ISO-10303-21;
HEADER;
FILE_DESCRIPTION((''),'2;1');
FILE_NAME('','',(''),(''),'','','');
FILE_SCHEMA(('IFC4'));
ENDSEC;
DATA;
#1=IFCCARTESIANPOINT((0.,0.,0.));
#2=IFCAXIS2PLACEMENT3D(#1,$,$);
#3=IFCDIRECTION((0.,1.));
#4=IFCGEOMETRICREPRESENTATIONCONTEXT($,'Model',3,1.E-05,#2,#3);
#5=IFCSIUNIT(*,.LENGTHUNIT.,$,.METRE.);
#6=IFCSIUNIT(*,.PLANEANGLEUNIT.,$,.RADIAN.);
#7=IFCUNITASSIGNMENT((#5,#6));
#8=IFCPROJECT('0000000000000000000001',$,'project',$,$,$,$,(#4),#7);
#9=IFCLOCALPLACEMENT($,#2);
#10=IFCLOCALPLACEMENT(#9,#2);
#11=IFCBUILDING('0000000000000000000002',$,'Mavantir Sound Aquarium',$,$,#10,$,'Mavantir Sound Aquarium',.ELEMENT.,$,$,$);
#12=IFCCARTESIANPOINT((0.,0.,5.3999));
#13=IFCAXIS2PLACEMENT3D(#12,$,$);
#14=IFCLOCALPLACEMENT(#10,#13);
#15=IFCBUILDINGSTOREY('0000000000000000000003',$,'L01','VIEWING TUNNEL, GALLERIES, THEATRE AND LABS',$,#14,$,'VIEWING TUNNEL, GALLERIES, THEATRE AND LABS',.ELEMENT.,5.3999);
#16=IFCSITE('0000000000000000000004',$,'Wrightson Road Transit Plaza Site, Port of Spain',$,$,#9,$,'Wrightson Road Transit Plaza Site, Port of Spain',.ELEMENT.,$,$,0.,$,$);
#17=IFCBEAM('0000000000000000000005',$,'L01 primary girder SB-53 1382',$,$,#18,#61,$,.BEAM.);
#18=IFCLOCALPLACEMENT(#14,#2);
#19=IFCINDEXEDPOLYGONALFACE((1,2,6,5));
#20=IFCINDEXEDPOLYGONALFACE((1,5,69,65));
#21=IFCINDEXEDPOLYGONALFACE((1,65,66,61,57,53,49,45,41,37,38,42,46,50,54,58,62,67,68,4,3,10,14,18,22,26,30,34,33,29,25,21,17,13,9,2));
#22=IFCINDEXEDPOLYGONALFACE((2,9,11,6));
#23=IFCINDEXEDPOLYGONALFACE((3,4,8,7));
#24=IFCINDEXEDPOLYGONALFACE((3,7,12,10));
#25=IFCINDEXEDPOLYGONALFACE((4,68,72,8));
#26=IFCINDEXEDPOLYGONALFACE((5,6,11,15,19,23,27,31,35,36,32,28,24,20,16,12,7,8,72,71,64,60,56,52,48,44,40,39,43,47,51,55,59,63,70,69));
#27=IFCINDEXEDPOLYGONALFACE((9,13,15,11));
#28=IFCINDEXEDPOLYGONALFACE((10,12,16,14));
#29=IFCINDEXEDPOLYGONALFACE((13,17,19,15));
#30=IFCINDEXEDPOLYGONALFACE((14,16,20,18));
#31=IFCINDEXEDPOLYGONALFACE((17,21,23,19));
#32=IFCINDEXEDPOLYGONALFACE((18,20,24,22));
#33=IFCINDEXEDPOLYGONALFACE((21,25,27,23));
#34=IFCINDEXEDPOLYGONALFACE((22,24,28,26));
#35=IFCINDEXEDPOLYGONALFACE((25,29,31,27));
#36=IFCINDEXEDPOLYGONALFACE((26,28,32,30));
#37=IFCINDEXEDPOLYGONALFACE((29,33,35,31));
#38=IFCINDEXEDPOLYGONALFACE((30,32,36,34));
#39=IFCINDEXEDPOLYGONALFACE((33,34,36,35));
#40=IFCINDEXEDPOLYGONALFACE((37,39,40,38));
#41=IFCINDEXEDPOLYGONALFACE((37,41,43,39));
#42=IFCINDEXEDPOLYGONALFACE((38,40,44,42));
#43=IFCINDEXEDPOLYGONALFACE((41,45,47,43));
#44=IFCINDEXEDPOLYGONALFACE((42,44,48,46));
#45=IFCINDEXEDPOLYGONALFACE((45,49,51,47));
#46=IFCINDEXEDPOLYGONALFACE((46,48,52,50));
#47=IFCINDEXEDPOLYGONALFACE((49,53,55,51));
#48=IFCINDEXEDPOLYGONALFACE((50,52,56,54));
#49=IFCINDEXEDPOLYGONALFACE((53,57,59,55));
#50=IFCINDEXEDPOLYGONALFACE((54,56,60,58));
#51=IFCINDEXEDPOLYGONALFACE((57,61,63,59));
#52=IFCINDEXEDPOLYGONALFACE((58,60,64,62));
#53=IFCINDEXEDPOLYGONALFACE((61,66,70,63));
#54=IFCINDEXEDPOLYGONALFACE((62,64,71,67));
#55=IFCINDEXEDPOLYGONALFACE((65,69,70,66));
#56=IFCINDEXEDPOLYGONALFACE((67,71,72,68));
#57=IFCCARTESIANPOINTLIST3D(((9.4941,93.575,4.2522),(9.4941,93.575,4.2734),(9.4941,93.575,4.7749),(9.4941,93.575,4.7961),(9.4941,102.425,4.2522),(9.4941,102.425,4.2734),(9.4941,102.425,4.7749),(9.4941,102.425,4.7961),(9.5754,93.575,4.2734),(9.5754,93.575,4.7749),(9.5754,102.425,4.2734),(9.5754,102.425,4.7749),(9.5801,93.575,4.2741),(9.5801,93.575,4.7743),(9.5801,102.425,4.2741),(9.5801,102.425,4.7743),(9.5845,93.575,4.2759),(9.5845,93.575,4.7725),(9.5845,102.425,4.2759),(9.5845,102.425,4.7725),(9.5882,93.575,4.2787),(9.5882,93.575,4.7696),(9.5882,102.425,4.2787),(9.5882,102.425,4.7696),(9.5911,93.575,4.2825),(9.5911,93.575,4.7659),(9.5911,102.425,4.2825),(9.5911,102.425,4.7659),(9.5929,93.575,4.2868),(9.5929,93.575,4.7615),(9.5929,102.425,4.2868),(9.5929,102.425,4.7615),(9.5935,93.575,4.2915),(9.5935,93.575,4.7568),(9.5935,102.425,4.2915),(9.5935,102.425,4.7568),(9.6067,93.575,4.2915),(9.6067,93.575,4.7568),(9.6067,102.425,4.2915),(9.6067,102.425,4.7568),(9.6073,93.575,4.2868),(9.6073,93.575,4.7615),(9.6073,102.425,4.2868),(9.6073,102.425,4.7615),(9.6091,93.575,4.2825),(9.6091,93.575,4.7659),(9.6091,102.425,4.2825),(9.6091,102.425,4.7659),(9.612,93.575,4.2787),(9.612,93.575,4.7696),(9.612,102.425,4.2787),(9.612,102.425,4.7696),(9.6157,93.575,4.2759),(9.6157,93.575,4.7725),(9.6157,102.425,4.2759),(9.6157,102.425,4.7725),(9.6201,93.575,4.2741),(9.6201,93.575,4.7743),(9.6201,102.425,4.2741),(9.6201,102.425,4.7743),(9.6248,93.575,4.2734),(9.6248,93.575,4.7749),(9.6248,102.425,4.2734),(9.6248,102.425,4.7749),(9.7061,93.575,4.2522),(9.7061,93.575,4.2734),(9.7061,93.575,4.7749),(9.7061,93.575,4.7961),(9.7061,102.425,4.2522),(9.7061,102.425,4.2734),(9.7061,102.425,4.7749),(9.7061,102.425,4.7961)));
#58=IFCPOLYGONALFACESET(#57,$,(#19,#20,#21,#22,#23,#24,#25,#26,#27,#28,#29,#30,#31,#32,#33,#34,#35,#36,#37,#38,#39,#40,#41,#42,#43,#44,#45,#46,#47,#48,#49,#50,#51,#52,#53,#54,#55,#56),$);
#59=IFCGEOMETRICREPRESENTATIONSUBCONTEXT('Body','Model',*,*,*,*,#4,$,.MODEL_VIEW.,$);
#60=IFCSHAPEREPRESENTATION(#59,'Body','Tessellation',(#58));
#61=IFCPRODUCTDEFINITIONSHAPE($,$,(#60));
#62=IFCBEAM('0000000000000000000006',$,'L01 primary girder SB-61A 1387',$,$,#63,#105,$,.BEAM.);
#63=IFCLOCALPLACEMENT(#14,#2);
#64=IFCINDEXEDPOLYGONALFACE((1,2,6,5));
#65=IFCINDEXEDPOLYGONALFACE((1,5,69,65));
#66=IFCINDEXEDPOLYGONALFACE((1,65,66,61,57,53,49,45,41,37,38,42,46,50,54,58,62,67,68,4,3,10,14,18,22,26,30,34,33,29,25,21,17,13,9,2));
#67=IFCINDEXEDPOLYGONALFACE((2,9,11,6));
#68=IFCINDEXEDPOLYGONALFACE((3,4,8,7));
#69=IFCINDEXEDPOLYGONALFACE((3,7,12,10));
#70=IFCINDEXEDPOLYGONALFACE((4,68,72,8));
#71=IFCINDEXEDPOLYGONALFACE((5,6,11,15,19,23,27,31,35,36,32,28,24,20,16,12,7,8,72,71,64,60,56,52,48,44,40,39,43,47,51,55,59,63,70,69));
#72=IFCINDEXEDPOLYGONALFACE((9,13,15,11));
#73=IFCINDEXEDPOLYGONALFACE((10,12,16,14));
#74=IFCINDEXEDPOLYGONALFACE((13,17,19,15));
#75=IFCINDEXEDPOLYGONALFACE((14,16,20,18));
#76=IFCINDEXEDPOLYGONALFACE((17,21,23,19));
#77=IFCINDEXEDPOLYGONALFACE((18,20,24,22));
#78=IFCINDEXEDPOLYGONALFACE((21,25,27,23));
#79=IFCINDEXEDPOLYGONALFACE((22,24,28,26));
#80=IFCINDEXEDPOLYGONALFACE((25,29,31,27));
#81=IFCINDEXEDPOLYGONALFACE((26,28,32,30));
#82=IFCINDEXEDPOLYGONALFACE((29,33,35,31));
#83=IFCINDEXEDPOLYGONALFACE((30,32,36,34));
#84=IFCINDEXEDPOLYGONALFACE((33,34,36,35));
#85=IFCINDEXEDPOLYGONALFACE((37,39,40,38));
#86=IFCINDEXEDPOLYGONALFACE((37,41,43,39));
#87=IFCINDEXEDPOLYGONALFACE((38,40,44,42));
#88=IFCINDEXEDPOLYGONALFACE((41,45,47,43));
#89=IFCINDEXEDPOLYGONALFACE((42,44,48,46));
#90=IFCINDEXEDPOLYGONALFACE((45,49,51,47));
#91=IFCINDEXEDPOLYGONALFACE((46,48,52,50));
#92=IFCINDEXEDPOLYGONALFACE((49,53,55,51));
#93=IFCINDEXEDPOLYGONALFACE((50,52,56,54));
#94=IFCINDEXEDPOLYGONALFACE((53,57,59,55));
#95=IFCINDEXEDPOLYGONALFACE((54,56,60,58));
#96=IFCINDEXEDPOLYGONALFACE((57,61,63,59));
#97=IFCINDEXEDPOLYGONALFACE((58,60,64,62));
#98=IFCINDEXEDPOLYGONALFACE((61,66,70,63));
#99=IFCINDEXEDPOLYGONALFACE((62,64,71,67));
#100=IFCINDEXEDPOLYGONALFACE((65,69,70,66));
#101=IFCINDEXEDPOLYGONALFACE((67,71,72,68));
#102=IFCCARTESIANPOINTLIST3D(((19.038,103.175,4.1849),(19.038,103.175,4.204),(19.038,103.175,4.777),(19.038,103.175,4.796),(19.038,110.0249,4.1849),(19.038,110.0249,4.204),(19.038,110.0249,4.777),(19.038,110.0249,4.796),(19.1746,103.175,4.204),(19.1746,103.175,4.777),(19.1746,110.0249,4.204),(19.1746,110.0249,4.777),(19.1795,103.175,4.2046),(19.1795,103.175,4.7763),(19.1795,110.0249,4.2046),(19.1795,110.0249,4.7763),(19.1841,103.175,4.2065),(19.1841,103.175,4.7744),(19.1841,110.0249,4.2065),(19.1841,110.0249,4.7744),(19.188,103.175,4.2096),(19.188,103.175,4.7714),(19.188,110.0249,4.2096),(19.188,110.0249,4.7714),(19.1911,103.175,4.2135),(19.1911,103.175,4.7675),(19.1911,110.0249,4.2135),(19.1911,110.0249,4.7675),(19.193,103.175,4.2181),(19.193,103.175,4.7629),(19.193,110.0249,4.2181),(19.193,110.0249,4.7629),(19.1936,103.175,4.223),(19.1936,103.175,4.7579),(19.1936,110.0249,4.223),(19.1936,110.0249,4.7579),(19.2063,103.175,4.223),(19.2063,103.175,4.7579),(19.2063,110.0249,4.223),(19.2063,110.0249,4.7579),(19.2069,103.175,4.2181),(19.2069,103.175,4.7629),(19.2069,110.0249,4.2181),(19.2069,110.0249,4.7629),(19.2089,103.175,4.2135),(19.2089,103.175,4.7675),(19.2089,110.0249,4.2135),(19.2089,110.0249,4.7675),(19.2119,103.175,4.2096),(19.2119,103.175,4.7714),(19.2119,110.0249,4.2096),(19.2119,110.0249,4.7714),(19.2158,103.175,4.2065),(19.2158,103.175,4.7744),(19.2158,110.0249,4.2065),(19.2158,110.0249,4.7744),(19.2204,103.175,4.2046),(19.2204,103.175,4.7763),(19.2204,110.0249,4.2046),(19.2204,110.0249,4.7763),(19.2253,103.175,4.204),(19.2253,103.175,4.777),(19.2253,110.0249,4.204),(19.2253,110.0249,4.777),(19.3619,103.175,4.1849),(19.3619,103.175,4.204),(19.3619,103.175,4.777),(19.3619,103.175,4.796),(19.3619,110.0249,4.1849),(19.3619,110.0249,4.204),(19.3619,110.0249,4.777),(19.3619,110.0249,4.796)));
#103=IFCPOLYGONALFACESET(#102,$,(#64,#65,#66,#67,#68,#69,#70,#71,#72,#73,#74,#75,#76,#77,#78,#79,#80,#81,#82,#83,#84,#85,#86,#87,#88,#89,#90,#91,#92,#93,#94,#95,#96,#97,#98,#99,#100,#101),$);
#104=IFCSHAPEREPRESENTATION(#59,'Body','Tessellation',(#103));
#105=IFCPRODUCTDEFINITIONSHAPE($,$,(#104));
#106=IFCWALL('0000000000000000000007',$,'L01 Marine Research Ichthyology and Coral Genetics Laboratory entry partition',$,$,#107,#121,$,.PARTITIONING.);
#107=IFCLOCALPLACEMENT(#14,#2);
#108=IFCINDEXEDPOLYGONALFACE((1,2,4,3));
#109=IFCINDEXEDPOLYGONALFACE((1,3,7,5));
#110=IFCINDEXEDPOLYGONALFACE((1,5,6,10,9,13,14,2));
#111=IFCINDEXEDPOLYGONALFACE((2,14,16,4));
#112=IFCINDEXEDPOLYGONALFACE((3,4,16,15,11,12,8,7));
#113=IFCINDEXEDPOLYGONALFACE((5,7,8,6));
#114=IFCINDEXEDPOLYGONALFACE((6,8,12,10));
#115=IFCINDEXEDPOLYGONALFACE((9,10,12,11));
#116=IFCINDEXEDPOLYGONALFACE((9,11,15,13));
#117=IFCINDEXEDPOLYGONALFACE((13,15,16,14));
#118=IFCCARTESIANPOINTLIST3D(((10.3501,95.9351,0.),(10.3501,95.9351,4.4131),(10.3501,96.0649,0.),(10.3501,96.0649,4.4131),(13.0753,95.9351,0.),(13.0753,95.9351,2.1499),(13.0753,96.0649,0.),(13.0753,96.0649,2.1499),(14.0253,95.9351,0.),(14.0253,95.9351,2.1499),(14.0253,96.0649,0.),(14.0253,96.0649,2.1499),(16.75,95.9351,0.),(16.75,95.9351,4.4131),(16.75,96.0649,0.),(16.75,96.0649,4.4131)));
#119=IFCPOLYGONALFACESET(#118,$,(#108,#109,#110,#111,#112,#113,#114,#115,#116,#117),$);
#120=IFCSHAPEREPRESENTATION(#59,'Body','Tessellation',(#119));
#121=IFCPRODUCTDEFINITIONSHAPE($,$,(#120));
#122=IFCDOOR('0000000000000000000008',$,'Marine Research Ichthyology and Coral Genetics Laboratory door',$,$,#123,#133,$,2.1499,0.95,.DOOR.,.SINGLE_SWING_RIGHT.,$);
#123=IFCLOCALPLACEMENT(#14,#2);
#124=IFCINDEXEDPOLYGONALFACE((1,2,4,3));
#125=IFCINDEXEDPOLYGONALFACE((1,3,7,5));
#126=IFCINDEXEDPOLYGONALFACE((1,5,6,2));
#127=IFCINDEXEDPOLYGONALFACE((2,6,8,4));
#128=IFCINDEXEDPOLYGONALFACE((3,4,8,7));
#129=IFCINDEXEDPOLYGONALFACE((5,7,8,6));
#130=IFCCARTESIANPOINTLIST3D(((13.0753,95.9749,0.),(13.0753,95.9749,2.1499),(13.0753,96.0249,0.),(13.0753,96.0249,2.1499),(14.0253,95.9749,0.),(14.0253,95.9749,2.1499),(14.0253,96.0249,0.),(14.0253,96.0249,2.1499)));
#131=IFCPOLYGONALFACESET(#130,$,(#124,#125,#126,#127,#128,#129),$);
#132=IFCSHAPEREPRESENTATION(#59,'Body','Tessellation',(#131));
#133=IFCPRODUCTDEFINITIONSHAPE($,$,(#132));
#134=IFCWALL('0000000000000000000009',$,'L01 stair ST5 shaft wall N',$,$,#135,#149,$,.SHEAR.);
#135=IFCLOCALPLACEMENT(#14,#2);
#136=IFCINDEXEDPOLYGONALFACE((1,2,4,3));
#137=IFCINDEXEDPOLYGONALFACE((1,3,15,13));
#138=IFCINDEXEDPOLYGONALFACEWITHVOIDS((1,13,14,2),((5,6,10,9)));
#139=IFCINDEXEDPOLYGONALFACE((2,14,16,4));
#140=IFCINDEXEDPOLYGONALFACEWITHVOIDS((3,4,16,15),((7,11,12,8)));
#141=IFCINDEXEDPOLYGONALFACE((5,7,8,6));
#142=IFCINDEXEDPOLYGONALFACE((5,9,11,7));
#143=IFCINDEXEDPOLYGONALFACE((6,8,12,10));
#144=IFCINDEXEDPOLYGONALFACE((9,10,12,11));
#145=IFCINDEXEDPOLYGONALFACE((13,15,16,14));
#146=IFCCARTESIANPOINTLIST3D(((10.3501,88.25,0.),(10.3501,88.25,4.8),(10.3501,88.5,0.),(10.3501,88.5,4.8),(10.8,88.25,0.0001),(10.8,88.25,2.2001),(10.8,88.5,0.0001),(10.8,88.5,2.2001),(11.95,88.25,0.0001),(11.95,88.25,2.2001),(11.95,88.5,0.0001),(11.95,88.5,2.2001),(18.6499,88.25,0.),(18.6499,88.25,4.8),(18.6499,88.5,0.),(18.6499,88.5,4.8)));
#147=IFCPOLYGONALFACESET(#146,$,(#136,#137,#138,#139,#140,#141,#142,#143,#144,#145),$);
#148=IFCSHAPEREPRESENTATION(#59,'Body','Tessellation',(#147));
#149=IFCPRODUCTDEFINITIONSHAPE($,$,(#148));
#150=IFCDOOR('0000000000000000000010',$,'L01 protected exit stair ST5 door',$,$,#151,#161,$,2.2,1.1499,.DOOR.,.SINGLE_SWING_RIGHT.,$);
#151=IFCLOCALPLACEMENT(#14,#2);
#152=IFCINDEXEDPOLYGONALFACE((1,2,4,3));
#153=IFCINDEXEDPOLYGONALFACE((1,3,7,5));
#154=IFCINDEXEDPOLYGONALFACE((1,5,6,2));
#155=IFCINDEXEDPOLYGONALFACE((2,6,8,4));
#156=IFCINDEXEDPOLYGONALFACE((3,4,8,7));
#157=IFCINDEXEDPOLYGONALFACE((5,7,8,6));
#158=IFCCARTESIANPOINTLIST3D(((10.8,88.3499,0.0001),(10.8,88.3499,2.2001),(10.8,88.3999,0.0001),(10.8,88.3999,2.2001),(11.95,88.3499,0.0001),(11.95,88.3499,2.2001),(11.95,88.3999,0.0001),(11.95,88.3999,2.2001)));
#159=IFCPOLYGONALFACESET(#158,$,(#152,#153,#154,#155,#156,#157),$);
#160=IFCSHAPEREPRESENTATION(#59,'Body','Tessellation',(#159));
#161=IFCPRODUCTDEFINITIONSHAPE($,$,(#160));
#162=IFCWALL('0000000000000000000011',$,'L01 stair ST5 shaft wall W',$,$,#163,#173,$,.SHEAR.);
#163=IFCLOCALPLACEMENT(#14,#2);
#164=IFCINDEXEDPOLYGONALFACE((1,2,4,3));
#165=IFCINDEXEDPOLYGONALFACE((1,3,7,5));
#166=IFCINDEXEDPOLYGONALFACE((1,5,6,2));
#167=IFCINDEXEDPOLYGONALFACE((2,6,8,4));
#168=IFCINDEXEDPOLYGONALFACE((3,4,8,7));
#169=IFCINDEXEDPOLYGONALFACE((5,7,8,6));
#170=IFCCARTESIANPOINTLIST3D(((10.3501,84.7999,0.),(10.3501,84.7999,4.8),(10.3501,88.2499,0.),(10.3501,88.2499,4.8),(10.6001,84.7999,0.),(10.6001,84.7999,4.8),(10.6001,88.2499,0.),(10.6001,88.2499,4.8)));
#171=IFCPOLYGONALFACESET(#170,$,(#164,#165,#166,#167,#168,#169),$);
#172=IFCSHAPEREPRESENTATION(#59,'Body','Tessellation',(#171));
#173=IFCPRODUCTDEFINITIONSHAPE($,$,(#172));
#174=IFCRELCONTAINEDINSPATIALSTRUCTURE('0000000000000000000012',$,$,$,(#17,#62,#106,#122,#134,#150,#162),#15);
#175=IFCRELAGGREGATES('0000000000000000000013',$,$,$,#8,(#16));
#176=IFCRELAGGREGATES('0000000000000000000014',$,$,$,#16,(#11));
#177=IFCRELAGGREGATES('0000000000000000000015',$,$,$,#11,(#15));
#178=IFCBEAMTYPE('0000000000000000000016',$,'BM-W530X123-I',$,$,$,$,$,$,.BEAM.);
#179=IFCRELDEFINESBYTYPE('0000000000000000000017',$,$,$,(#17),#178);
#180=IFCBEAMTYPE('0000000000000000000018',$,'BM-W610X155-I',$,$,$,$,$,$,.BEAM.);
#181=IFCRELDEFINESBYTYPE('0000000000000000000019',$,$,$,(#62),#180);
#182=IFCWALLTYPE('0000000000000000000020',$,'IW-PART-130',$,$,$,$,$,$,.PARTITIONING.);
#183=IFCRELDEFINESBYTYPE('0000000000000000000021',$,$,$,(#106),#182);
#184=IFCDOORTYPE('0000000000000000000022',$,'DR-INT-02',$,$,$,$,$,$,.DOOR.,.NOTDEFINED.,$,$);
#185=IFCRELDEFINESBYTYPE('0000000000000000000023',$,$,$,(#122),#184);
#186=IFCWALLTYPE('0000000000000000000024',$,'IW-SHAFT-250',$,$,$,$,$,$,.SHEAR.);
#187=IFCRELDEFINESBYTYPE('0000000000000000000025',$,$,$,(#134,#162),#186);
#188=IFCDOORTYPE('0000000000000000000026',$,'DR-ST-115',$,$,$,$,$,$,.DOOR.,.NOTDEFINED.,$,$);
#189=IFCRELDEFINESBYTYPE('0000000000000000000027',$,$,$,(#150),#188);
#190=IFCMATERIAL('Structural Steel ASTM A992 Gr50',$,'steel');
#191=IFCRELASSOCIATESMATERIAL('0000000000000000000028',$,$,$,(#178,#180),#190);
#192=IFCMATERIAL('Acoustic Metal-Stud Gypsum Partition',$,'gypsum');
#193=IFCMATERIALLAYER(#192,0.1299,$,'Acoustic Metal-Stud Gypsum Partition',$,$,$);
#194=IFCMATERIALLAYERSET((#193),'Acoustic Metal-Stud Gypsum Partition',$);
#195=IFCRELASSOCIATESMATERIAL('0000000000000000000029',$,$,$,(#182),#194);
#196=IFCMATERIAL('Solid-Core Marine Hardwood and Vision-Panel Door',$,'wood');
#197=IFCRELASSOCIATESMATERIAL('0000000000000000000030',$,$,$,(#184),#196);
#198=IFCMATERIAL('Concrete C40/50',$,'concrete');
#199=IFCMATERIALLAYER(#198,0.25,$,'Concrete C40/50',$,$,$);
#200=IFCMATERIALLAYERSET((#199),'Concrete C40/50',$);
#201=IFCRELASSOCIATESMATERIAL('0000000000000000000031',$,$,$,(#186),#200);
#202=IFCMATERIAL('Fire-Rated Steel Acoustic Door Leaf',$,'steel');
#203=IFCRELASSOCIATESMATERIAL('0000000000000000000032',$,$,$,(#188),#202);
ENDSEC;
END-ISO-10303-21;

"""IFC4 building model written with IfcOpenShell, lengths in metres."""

from ifc_helpers import new_model, si_unit, direction, frame, frame_2d, origin, origin_2d, place, context, subcontext, project, spatial, rectangle, i_section, extrude, material, layer, layer_set, material_profile, profile_set, type_object, element, fill, save


model = new_model("IFC4")

# Units and contexts
model_context = context("Model", 3, precision=1e-05, world=origin(), true_north=direction((0.0, 1.0)))
body_context = subcontext(model_context, "Body", "Model", "MODEL_VIEW")
ifc_project = project(units=[si_unit("LENGTHUNIT", "METRE"), si_unit("PLANEANGLEUNIT", "RADIAN")], contexts=[model_context])

# Site, building, storey
site_placement = place(None, origin())
site = spatial("IfcSite", under=ifc_project, at=site_placement, Name="Wrightson Road Transit Plaza Site, Port of Spain", LongName="Wrightson Road Transit Plaza Site, Port of Spain", CompositionType="ELEMENT", RefElevation=0.0)
building_placement = place(site_placement, origin())
building = spatial("IfcBuilding", under=site, at=building_placement, Name="Mavantir Sound Aquarium", LongName="Mavantir Sound Aquarium", CompositionType="ELEMENT")
storey_placement = place(building_placement, frame((0.0, 0.0, 5.3999)))
storey = spatial("IfcBuildingStorey", under=building, at=storey_placement, Name="L01", Description="VIEWING TUNNEL, GALLERIES, THEATRE AND LABS", LongName="VIEWING TUNNEL, GALLERIES, THEATRE AND LABS", CompositionType="ELEMENT", Elevation=5.3999)

# Shared definitions
ifc_material_1 = material(Name="Concrete C40/50", Category="concrete")

# Beams
ifc_material_2 = material(Name="Structural Steel ASTM A992 Gr50", Category="steel")
ifc_material_profile_1 = material_profile(ifc_material_2, i_section(OverallWidth=0.2119, OverallDepth=0.5439, WebThickness=0.0132, FlangeThickness=0.0212, FilletRadius=0.0181, at=origin_2d()), Name="W530X123")
ifc_profile_set_1 = profile_set([ifc_material_profile_1], Name="Structural Steel ASTM A992 Gr50")
beam_type_1 = type_object("IfcBeamType", Name="BM-W530X123-I", PredefinedType="BEAM", material=ifc_profile_set_1)
beam_1_placement = place(storey_placement, frame((9.6001, 93.575, 4.5242), z_axis=(0.0, 1.0, 0.0), x_axis=(-1.0, 0.0, 0.0)))
element("IfcBeam", 1, at=beam_1_placement, inside=storey, type_object=beam_type_1, Name="L01 primary girder SB-53 1382", PredefinedType="BEAM", context=body_context, shape_type="SweptSolid", body=[
    extrude(i_section(OverallWidth=0.2119, OverallDepth=0.5439, WebThickness=0.0132, FlangeThickness=0.0212, FilletRadius=0.0181, at=origin_2d()), origin(), (0.0, 0.0, 1.0), 8.8501),
])
ifc_material_profile_2 = material_profile(ifc_material_2, i_section(OverallWidth=0.324, OverallDepth=0.6111, WebThickness=0.0127, FlangeThickness=0.019, FilletRadius=0.019, at=origin_2d()), Name="W610X155")
ifc_profile_set_2 = profile_set([ifc_material_profile_2], Name="Structural Steel ASTM A992 Gr50")
beam_type_2 = type_object("IfcBeamType", Name="BM-W610X155-I", PredefinedType="BEAM", material=ifc_profile_set_2)
beam_2_placement = place(storey_placement, frame((19.2, 103.175, 4.4905), z_axis=(0.0, 1.0, 0.0), x_axis=(-1.0, 0.0, 0.0)))
element("IfcBeam", 2, at=beam_2_placement, inside=storey, type_object=beam_type_2, Name="L01 primary girder SB-61A 1387", PredefinedType="BEAM", context=body_context, shape_type="SweptSolid", body=[
    extrude(i_section(OverallWidth=0.324, OverallDepth=0.6111, WebThickness=0.0127, FlangeThickness=0.019, FilletRadius=0.019, at=origin_2d()), origin(), (0.0, 0.0, 1.0), 6.8499),
])

# Walls, openings, doors
ifc_material_3 = material(Name="Acoustic Metal-Stud Gypsum Partition", Category="gypsum")
ifc_layer_1 = layer(ifc_material_3, 0.1299, Name="Acoustic Metal-Stud Gypsum Partition")
ifc_layer_set_1 = layer_set([ifc_layer_1], Name="Acoustic Metal-Stud Gypsum Partition")
wall_type_1 = type_object("IfcWallType", Name="IW-PART-130", PredefinedType="PARTITIONING", material=ifc_layer_set_1)
wall_1_placement = place(storey_placement, frame((10.3501, 96.0, 0.0), z_axis=(0.0, 0.0, 1.0), x_axis=(1.0, 0.0, 0.0)))
wall_1 = element("IfcWall", 3, at=wall_1_placement, inside=storey, type_object=wall_type_1, Name="L01 Marine Research Ichthyology and Coral Genetics Laboratory entry partition", PredefinedType="PARTITIONING", context=body_context, shape_type="SweptSolid", body=[
    extrude(rectangle(XDim=6.3999, YDim=0.1299, at=frame_2d((3.2, 0.0))), origin(), (0.0, 0.0, 1.0), 4.4131),
])
opening_1_placement = place(wall_1_placement, frame((2.7251, 0.0, 0.0)))
opening_1 = element("IfcOpeningElement", 4, at=opening_1_placement, cuts=wall_1, PredefinedType="OPENING", context=body_context, shape_type="SweptSolid", body=[
    extrude(rectangle(XDim=0.95, YDim=2.1499, at=frame_2d((0.4751, 1.075))), frame((0.0, 0.075, 0.0), z_axis=(0.0, -1.0, 0.0), x_axis=(1.0, 0.0, 0.0)), (0.0, 0.0, 1.0), 0.1499),
])
ifc_material_4 = material(Name="Solid-Core Marine Hardwood and Vision-Panel Door", Category="wood")
door_type_1 = type_object("IfcDoorType", Name="DR-INT-02", OperationType="NOTDEFINED", PredefinedType="DOOR", material=ifc_material_4)
door_1_placement = place(opening_1_placement, origin())
door_1 = element("IfcDoor", 5, at=door_1_placement, inside=storey, type_object=door_type_1, Name="Marine Research Ichthyology and Coral Genetics Laboratory door", OperationType="SINGLE_SWING_RIGHT", OverallHeight=2.1499, OverallWidth=0.95, PredefinedType="DOOR", context=body_context, shape_type="SweptSolid", body=[
    extrude(rectangle(XDim=0.95, YDim=2.1499, at=frame_2d((0.4751, 1.075))), frame((0.0, 0.0249, 0.0), z_axis=(0.0, -1.0, 0.0), x_axis=(1.0, 0.0, 0.0)), (0.0, 0.0, 1.0), 0.05),
])
fill(opening_1, door_1)
ifc_layer_2 = layer(ifc_material_1, 0.25, Name="Concrete C40/50")
ifc_layer_set_2 = layer_set([ifc_layer_2], Name="Concrete C40/50")
wall_type_2 = type_object("IfcWallType", Name="IW-SHAFT-250", PredefinedType="SHEAR", material=ifc_layer_set_2)
wall_2_placement = place(storey_placement, frame((18.6499, 88.375, 0.0), z_axis=(0.0, 0.0, 1.0), x_axis=(-1.0, 0.0, 0.0)))
wall_2 = element("IfcWall", 6, at=wall_2_placement, inside=storey, type_object=wall_type_2, Name="L01 stair ST5 shaft wall N", PredefinedType="SHEAR", context=body_context, shape_type="SweptSolid", body=[
    extrude(rectangle(XDim=8.2998, YDim=0.25, at=frame_2d((4.1499, 0.0))), origin(), (0.0, 0.0, 1.0), 4.8),
])
opening_2_placement = place(wall_2_placement, frame((7.8499, 0.0, 0.0), z_axis=(0.0, 0.0, 1.0), x_axis=(-1.0, 0.0, 0.0)))
opening_2 = element("IfcOpeningElement", 7, at=opening_2_placement, cuts=wall_2, PredefinedType="OPENING", context=body_context, shape_type="SweptSolid", body=[
    extrude(rectangle(XDim=1.1499, YDim=2.2, at=frame_2d((0.575, 1.1001))), frame((0.0, 0.135, 0.0), z_axis=(0.0, -1.0, 0.0), x_axis=(1.0, 0.0, 0.0)), (0.0, 0.0, 1.0), 0.27),
])
ifc_material_5 = material(Name="Fire-Rated Steel Acoustic Door Leaf", Category="steel")
door_type_2 = type_object("IfcDoorType", Name="DR-ST-115", OperationType="NOTDEFINED", PredefinedType="DOOR", material=ifc_material_5)
door_2_placement = place(opening_2_placement, origin())
door_2 = element("IfcDoor", 8, at=door_2_placement, inside=storey, type_object=door_type_2, Name="L01 protected exit stair ST5 door", OperationType="SINGLE_SWING_RIGHT", OverallHeight=2.2, OverallWidth=1.1499, PredefinedType="DOOR", context=body_context, shape_type="SweptSolid", body=[
    extrude(rectangle(XDim=1.1499, YDim=2.2, at=frame_2d((0.575, 1.1001))), frame((0.0, 0.0249, 0.0), z_axis=(0.0, -1.0, 0.0), x_axis=(1.0, 0.0, 0.0)), (0.0, 0.0, 1.0), 0.05),
])
fill(opening_2, door_2)

# Wall
for number, where, z_axis, x_axis, name in (
    (9, (10.4751, 88.25, 0.0), (0.0, 0.0, 1.0), (0.0, -1.0, 0.0), "L01 stair ST5 shaft wall W"),
):
    element("IfcWall", number, at=place(storey_placement, frame(where, z_axis=z_axis, x_axis=x_axis)), inside=storey, type_object=wall_type_2, Name=name, PredefinedType="SHEAR", context=body_context, shape_type="SweptSolid", body=[
        extrude(rectangle(XDim=3.45, YDim=0.25, at=frame_2d((1.7251, 0.0))), origin(), (0.0, 0.0, 1.0), 4.8),
    ])

save(model, "model.ifc")
